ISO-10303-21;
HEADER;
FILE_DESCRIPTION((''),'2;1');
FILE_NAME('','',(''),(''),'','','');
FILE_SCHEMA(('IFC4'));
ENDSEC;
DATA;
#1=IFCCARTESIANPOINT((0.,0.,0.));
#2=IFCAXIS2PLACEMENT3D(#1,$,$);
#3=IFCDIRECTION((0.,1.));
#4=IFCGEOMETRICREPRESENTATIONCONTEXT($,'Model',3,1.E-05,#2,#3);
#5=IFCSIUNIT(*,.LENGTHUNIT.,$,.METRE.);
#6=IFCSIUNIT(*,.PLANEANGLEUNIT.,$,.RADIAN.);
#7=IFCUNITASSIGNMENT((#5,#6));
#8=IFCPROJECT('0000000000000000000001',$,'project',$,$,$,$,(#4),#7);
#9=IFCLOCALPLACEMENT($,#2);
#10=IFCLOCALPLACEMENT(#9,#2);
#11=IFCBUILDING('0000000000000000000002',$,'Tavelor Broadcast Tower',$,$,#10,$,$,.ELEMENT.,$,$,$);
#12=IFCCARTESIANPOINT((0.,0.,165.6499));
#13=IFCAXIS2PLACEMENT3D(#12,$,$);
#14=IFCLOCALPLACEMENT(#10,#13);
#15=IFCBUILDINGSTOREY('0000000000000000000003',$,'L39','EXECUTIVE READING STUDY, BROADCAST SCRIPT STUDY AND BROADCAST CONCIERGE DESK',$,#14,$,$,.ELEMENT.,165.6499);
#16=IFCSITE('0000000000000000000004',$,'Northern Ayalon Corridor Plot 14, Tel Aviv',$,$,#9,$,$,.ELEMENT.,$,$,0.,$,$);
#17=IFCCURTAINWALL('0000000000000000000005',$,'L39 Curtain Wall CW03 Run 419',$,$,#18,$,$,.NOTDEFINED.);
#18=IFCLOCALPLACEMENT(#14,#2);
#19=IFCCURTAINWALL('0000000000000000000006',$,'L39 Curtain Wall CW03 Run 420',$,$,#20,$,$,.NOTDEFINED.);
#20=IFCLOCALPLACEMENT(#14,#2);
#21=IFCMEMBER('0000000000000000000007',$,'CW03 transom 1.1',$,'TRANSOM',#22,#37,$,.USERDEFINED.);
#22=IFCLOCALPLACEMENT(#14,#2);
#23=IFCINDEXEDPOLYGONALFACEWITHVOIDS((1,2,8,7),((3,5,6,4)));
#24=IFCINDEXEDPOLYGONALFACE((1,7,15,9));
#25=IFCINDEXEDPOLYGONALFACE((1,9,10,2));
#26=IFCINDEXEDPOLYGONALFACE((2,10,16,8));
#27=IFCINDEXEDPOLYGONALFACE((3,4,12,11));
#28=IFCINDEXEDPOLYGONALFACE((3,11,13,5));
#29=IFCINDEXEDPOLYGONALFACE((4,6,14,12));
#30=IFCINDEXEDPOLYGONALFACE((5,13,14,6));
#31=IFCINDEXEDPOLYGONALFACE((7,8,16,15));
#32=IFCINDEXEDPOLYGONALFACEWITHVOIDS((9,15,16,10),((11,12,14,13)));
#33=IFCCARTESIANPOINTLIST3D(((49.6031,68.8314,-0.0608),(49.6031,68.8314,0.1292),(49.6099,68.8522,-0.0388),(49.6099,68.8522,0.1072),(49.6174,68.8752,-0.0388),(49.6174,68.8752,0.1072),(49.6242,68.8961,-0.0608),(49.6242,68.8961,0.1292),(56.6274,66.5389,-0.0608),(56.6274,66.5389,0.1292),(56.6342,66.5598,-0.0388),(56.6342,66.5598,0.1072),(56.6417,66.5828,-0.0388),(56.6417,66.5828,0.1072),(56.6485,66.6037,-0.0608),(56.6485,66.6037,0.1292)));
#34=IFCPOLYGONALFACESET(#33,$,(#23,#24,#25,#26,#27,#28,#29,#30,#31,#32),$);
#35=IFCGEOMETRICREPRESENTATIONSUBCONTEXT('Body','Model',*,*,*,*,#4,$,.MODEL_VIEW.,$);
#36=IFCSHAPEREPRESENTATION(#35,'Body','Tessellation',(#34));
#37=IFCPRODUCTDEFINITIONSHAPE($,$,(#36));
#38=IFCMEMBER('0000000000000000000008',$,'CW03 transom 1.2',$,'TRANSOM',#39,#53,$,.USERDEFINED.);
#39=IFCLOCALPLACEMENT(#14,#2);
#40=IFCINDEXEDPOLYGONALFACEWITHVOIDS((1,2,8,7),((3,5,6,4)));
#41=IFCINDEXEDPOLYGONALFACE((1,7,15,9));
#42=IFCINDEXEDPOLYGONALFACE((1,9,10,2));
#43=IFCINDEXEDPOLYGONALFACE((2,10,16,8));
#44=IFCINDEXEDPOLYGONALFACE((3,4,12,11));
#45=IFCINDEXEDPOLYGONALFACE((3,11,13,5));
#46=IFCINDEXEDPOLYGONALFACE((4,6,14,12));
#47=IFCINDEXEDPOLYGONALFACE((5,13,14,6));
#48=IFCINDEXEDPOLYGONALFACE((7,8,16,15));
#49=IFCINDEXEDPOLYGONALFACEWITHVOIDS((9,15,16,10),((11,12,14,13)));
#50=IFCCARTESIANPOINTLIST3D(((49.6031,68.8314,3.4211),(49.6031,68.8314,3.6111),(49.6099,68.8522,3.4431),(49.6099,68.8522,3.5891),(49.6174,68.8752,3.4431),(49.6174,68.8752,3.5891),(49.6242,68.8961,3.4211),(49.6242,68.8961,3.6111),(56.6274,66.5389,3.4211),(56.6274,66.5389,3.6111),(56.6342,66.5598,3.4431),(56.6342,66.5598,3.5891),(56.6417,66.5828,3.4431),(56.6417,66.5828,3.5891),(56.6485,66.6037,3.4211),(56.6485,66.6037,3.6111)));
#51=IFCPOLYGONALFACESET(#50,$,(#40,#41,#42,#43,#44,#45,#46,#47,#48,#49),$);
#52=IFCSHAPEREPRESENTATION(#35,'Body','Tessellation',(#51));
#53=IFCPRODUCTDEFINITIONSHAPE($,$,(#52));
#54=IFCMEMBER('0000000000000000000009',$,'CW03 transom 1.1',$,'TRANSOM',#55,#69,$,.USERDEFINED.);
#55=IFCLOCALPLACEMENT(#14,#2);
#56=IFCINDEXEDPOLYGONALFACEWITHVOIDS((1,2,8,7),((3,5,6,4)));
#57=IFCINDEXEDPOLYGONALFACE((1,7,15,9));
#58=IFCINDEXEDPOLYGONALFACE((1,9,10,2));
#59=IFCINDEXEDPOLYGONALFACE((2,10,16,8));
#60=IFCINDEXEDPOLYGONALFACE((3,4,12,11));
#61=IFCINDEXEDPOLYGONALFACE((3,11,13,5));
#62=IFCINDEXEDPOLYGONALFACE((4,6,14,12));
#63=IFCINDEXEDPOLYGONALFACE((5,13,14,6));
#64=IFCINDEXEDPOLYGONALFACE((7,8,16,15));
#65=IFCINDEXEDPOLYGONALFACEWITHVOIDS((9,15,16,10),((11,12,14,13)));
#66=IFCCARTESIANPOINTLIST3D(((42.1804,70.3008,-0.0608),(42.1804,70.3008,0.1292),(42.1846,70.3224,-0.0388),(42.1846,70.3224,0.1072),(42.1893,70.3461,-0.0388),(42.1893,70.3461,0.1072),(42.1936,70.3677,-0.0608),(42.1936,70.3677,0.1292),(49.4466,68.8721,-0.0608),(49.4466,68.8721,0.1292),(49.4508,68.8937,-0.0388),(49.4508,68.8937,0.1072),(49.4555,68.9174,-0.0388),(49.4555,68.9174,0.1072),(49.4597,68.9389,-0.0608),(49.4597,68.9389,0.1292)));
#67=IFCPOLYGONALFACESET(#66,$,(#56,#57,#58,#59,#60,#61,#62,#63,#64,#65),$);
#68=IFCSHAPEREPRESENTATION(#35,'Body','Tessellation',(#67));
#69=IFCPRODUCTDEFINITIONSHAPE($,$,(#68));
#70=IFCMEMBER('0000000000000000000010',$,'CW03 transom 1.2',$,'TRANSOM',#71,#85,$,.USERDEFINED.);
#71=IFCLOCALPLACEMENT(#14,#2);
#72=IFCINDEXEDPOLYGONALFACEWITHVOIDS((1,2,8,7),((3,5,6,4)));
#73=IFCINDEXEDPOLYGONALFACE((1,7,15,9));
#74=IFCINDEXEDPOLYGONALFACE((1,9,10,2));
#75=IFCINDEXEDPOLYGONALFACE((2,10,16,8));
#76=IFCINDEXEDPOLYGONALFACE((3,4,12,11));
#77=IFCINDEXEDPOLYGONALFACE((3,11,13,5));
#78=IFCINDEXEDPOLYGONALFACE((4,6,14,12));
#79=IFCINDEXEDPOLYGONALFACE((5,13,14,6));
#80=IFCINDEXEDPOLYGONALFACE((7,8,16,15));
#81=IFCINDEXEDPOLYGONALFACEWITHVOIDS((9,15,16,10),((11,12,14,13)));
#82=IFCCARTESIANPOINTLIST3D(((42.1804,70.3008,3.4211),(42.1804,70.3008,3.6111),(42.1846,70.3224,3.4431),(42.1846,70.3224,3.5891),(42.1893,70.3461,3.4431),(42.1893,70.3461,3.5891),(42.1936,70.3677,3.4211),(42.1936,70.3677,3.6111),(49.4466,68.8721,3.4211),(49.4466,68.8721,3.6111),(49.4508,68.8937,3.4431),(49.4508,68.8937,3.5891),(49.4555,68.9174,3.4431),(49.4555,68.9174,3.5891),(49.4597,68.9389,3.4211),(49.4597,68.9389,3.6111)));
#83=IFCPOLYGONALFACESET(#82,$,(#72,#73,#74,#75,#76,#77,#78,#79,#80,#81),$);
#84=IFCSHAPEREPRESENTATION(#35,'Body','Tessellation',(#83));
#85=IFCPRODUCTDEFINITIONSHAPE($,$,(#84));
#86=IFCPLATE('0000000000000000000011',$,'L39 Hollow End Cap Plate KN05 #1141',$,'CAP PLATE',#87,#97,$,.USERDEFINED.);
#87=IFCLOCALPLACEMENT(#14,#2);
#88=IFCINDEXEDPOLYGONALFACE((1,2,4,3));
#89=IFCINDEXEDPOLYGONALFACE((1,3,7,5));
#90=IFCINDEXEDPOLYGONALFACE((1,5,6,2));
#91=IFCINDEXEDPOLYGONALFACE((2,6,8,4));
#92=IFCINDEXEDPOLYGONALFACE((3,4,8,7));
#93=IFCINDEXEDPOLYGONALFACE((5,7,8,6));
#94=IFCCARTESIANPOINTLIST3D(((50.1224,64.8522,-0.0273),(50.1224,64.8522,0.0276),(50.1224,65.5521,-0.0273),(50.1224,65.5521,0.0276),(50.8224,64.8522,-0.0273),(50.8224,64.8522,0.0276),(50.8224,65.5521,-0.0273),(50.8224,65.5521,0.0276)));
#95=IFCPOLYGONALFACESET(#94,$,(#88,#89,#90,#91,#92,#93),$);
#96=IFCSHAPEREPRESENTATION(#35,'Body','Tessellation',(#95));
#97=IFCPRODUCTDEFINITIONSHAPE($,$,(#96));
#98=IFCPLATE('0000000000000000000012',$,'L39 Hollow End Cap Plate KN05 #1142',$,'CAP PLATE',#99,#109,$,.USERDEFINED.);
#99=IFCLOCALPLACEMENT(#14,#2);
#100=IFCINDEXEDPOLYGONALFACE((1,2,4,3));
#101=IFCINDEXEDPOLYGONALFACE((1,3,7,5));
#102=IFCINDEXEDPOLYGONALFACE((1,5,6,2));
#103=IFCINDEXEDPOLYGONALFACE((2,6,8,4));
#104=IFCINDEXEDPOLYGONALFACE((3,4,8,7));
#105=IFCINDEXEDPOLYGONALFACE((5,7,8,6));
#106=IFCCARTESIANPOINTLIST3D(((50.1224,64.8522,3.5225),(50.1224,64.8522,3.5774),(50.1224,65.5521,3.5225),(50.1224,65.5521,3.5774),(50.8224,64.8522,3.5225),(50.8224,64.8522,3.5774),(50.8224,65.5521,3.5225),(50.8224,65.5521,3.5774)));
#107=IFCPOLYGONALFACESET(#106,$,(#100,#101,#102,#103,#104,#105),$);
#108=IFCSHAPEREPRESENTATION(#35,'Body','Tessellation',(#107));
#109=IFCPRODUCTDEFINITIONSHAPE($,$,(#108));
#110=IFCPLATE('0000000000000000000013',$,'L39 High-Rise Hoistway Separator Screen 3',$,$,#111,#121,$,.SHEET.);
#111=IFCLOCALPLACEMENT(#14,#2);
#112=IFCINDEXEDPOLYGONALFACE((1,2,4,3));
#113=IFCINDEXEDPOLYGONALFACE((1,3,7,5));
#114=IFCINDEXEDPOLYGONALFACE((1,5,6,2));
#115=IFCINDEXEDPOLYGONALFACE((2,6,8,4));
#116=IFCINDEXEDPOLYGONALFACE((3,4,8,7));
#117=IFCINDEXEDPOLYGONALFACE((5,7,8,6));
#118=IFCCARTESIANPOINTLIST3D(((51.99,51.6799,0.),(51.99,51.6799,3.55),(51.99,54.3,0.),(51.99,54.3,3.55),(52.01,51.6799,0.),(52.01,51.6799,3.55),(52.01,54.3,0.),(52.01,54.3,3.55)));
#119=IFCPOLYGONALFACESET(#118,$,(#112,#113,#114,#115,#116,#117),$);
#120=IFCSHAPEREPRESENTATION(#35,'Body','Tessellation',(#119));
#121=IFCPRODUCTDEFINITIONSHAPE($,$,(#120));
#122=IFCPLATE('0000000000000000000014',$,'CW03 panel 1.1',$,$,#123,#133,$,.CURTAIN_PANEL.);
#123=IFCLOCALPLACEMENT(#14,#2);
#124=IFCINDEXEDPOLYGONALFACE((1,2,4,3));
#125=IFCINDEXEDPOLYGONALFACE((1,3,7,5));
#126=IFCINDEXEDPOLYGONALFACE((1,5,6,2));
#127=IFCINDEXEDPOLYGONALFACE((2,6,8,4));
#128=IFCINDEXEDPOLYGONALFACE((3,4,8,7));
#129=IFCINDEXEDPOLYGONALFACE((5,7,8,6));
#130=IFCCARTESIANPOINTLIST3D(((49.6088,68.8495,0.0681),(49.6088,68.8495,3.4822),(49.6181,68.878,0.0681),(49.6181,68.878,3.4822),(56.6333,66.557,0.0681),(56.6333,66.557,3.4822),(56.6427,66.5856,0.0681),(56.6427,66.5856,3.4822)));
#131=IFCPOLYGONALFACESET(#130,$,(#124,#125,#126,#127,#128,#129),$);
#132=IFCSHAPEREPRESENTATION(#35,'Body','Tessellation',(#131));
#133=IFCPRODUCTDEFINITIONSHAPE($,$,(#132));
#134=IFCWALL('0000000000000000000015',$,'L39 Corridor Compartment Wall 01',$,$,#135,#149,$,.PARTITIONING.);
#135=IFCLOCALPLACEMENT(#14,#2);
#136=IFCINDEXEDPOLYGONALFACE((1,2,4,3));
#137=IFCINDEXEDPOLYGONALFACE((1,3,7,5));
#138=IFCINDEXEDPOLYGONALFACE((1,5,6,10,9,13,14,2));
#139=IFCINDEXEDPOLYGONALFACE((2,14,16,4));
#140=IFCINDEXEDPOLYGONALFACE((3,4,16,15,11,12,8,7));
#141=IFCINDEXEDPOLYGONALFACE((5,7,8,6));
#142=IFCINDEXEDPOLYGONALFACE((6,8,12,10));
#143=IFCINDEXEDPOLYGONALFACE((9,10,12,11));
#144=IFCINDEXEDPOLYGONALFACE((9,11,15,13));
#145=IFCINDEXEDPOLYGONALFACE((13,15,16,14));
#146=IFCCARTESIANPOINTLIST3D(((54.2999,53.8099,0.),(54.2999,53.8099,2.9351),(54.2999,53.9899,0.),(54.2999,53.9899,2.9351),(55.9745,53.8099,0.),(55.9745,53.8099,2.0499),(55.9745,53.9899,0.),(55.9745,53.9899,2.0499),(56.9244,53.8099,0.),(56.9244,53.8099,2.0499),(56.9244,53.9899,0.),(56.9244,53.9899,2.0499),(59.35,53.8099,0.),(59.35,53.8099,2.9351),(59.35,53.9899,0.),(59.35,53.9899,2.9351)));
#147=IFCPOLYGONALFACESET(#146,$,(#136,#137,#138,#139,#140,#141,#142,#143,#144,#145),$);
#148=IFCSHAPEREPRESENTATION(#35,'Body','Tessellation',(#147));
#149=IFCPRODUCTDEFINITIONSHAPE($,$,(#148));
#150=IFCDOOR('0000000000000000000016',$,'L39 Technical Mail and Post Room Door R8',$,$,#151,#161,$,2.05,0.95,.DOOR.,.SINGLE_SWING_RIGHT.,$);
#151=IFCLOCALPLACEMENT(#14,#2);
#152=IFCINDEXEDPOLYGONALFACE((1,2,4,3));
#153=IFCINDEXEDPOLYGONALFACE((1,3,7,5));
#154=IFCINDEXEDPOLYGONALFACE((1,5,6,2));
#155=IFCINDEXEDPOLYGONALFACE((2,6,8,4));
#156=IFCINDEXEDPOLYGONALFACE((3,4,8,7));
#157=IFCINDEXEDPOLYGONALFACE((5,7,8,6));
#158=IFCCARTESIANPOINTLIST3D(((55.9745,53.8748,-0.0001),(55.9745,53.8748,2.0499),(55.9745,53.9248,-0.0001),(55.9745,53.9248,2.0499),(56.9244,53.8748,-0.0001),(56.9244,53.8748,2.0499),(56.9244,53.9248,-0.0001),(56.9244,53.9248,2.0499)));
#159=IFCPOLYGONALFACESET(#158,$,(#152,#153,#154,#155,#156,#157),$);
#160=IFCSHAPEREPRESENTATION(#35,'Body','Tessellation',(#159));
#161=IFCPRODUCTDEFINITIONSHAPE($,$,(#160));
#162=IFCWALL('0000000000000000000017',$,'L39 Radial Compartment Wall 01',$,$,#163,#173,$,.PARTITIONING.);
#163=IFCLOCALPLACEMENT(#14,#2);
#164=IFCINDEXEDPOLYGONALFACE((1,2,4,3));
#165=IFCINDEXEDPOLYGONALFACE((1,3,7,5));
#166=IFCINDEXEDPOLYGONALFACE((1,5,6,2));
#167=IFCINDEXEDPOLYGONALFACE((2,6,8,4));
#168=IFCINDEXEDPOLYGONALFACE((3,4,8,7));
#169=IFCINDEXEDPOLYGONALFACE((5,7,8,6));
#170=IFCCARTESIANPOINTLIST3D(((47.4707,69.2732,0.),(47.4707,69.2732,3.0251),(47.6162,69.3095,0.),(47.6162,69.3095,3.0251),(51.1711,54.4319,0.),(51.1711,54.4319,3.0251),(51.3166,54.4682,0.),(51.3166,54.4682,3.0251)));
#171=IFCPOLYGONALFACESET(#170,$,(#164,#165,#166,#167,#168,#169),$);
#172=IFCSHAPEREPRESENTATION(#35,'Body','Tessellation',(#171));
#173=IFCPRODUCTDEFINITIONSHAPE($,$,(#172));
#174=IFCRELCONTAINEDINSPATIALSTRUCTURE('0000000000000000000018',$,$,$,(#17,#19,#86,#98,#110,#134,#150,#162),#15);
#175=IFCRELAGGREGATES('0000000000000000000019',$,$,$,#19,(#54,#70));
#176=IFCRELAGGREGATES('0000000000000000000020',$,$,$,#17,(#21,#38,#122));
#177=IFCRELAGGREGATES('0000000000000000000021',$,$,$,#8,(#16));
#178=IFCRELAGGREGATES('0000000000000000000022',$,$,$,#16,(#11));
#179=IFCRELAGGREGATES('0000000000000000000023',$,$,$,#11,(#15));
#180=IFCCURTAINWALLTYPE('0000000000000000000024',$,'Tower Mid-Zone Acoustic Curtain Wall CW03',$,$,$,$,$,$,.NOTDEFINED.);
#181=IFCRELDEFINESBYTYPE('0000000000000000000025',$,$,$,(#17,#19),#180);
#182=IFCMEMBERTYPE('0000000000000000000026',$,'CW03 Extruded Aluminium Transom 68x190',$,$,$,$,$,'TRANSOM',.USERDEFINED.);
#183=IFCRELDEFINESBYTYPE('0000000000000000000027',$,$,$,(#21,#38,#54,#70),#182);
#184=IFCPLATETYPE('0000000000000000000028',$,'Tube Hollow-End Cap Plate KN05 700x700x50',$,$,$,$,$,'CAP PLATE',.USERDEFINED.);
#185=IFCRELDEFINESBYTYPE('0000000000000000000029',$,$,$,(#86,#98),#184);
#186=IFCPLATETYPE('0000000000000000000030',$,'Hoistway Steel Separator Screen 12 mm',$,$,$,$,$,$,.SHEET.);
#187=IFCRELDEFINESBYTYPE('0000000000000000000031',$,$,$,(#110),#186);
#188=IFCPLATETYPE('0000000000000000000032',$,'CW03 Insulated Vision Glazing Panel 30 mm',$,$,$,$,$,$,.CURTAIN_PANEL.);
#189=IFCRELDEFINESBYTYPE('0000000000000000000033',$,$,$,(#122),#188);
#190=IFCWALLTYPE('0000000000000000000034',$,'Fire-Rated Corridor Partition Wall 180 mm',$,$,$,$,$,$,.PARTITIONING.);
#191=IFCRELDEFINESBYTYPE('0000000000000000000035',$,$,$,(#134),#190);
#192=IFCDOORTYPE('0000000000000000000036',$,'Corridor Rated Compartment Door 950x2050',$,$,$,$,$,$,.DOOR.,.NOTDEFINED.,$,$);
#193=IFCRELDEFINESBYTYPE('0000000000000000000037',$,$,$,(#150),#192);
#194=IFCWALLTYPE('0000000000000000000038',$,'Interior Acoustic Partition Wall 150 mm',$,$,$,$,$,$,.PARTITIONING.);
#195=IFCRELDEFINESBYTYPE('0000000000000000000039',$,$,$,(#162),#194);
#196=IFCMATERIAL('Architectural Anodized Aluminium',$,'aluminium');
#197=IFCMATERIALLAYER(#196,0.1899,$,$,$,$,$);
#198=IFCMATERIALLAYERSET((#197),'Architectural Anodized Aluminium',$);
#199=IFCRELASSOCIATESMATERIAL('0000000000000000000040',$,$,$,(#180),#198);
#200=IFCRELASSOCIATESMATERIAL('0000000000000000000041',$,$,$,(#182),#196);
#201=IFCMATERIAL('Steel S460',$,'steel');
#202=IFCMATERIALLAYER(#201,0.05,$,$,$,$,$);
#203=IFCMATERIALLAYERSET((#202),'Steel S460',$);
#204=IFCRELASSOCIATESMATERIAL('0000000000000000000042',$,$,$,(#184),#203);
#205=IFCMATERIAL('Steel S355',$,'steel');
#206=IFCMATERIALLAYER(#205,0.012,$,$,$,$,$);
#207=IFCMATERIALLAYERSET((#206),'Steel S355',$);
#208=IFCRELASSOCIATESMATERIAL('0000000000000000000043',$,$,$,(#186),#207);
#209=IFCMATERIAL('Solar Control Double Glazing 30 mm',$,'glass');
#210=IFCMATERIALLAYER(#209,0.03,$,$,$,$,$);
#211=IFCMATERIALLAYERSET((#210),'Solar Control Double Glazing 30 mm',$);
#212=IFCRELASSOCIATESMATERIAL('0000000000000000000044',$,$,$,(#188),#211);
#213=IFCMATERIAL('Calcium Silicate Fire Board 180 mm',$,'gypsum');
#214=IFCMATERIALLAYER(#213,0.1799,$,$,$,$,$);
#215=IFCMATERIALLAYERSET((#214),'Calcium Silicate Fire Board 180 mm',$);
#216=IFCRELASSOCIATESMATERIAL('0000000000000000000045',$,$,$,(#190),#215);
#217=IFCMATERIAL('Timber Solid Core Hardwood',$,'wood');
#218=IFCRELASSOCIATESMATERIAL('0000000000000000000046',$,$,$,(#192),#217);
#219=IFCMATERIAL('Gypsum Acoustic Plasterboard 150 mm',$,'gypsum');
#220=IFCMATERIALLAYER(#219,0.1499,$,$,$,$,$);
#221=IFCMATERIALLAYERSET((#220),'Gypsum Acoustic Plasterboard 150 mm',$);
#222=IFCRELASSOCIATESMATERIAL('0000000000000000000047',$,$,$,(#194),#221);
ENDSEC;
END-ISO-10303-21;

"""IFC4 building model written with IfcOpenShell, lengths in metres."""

from ifc_helpers import new_model, si_unit, direction, frame, frame_2d, origin, origin_2d, place, context, subcontext, project, spatial, rectangle, hollow_rectangle, extrude, source, transform, mapped, material, layer, layer_set, material_profile, profile_set, type_object, type_shapes, element, fill, aggregate, save


model = new_model("IFC4")

# Units and contexts
model_context = context("Model", 3, precision=1e-05, world=origin(), true_north=direction((0.0, 1.0)))
body_context = subcontext(model_context, "Body", "Model", "MODEL_VIEW")
ifc_project = project(units=[si_unit("LENGTHUNIT", "METRE"), si_unit("PLANEANGLEUNIT", "RADIAN")], contexts=[model_context])

# Site, building, storey
site_placement = place(None, origin())
site = spatial("IfcSite", under=ifc_project, at=site_placement, Name="Northern Ayalon Corridor Plot 14, Tel Aviv", CompositionType="ELEMENT", RefElevation=0.0)
building_placement = place(site_placement, origin())
building = spatial("IfcBuilding", under=site, at=building_placement, Name="Tavelor Broadcast Tower", CompositionType="ELEMENT")
storey_placement = place(building_placement, frame((0.0, 0.0, 165.6499)))
storey = spatial("IfcBuildingStorey", under=building, at=storey_placement, Name="L39", Description="EXECUTIVE READING STUDY, BROADCAST SCRIPT STUDY AND BROADCAST CONCIERGE DESK", CompositionType="ELEMENT", Elevation=165.6499)

# Shared definitions
ifc_material_1 = material(Name="Steel S460", Category="steel")

# Shared definitions
ifc_material_2 = material(Name="Steel S355", Category="steel")

# Shared definitions
ifc_material_3 = material(Name="Architectural Anodized Aluminium", Category="aluminium")
ifc_layer_1 = layer(ifc_material_3, 0.1899)
ifc_layer_set_1 = layer_set([ifc_layer_1], Name="Architectural Anodized Aluminium")
curtain_wall_type = type_object("IfcCurtainWallType", Name="Tower Mid-Zone Acoustic Curtain Wall CW03", PredefinedType="NOTDEFINED", material=ifc_layer_set_1)

# Curtain wall
curtain_wall_1_placement = place(storey_placement, origin())
curtain_wall_1 = element("IfcCurtainWall", 1, at=curtain_wall_1_placement, inside=storey, type_object=curtain_wall_type, Name="L39 Curtain Wall CW03 Run 419", PredefinedType="NOTDEFINED")

# Curtain wall
curtain_wall_2_placement = place(storey_placement, origin())
curtain_wall_2 = element("IfcCurtainWall", 2, at=curtain_wall_2_placement, inside=storey, type_object=curtain_wall_type, Name="L39 Curtain Wall CW03 Run 420", PredefinedType="NOTDEFINED")

# Members
ifc_material_profile_1 = material_profile(ifc_material_3, hollow_rectangle(XDim=0.0681, YDim=0.1899, WallThickness=0.022, at=origin_2d()), Name="RHS 68x190x22")
ifc_profile_set_1 = profile_set([ifc_material_profile_1], Name="Architectural Anodized Aluminium")
member_type_1 = type_object("IfcMemberType", Name="CW03 Extruded Aluminium Transom 68x190", ElementType="TRANSOM", PredefinedType="USERDEFINED", material=ifc_profile_set_1)
shared_shape_1 = source(origin(), body_context, "Body", "SweptSolid", [
    extrude(hollow_rectangle(XDim=0.0681, YDim=0.1899, WallThickness=0.022, at=origin_2d()), origin(), (0.0, 0.0, 1.0), 7.3889),
])
member_1_placement = place(storey_placement, frame((56.6379, 66.5713, 0.0342), z_axis=(-0.950654, 0.310254, 0.0), x_axis=(-0.310254, -0.950654, 0.0)))
member_1 = element("IfcMember", 3, at=member_1_placement, type_object=member_type_1, Name="CW03 transom 1.1", ObjectType="TRANSOM", PredefinedType="USERDEFINED", context=body_context, shape_type="MappedRepresentation", body=[
    mapped(shared_shape_1, transform((0.0, 0.0, 0.0), scale=1.0)),
])
member_2_placement = place(storey_placement, frame((56.6379, 66.5713, 3.5161), z_axis=(-0.950654, 0.310254, 0.0), x_axis=(-0.310254, -0.950654, 0.0)))
member_2 = element("IfcMember", 4, at=member_2_placement, type_object=member_type_1, Name="CW03 transom 1.2", ObjectType="TRANSOM", PredefinedType="USERDEFINED", context=body_context, shape_type="MappedRepresentation", body=[
    mapped(shared_shape_1, transform((0.0, 0.0, 0.0), scale=1.0)),
])
shared_shape_2 = source(origin(), body_context, "Body", "SweptSolid", [
    extrude(hollow_rectangle(XDim=0.0681, YDim=0.1899, WallThickness=0.022, at=origin_2d()), origin(), (0.0, 0.0, 1.0), 7.4053),
])
type_shapes(member_type_1, [shared_shape_1, shared_shape_2])
member_3_placement = place(storey_placement, frame((49.4531, 68.9055, 0.0342), z_axis=(-0.981212, 0.192932, 0.0), x_axis=(-0.192932, -0.981212, 0.0)))
member_3 = element("IfcMember", 5, at=member_3_placement, type_object=member_type_1, Name="CW03 transom 1.1", ObjectType="TRANSOM", PredefinedType="USERDEFINED", context=body_context, shape_type="MappedRepresentation", body=[
    mapped(shared_shape_2, transform((0.0, 0.0, 0.0), scale=1.0)),
])
member_4_placement = place(storey_placement, frame((49.4531, 68.9055, 3.5161), z_axis=(-0.981212, 0.192932, 0.0), x_axis=(-0.192932, -0.981212, 0.0)))
member_4 = element("IfcMember", 6, at=member_4_placement, type_object=member_type_1, Name="CW03 transom 1.2", ObjectType="TRANSOM", PredefinedType="USERDEFINED", context=body_context, shape_type="MappedRepresentation", body=[
    mapped(shared_shape_2, transform((0.0, 0.0, 0.0), scale=1.0)),
])
aggregate(curtain_wall_2, [member_3, member_4])

# Plates
ifc_layer_2 = layer(ifc_material_1, 0.05)
ifc_layer_set_2 = layer_set([ifc_layer_2], Name="Steel S460")
plate_type_1 = type_object("IfcPlateType", Name="Tube Hollow-End Cap Plate KN05 700x700x50", ElementType="CAP PLATE", PredefinedType="USERDEFINED", material=ifc_layer_set_2)
shared_shape_3 = source(origin(), body_context, "Body", "SweptSolid", [
    extrude(rectangle(XDim=0.7, YDim=0.7, at=origin_2d()), origin(), (0.0, 0.0, 1.0), 0.0549),
])
type_shapes(plate_type_1, [shared_shape_3])
for number, where, z_axis, x_axis, name in (
    (7, (50.4724, 65.2021, -0.0273), (0.0, 0.0, 1.0), (1.0, 0.0, 0.0), "L39 Hollow End Cap Plate KN05 #1141"),
    (8, (50.4724, 65.2021, 3.5225), (0.0, 0.0, 1.0), (1.0, 0.0, 0.0), "L39 Hollow End Cap Plate KN05 #1142"),
):
    element("IfcPlate", number, at=place(storey_placement, frame(where, z_axis=z_axis, x_axis=x_axis)), inside=storey, type_object=plate_type_1, Name=name, ObjectType="CAP PLATE", PredefinedType="USERDEFINED", context=body_context, shape_type="MappedRepresentation", body=[
        mapped(shared_shape_3, transform((0.0, 0.0, 0.0), scale=1.0)),
    ])
ifc_layer_3 = layer(ifc_material_2, 0.012)
ifc_layer_set_3 = layer_set([ifc_layer_3], Name="Steel S355")
plate_type_2 = type_object("IfcPlateType", Name="Hoistway Steel Separator Screen 12 mm", PredefinedType="SHEET", material=ifc_layer_set_3)
shared_shape_4 = source(origin(), body_context, "Body", "SweptSolid", [
    extrude(rectangle(XDim=0.02, YDim=2.6201, at=origin_2d()), origin(), (0.0, 0.0, 1.0), 3.55),
])
type_shapes(plate_type_2, [shared_shape_4])
plate_1_placement = place(storey_placement, frame((52.0, 52.99, 0.0), z_axis=(0.0, 0.0, 1.0), x_axis=(1.0, 0.0, 0.0)))
element("IfcPlate", 9, at=plate_1_placement, inside=storey, type_object=plate_type_2, Name="L39 High-Rise Hoistway Separator Screen 3", PredefinedType="SHEET", context=body_context, shape_type="MappedRepresentation", body=[
    mapped(shared_shape_4, transform((0.0, 0.0, 0.0), scale=1.0)),
])

# Plate
ifc_material_4 = material(Name="Solar Control Double Glazing 30 mm", Category="glass")
ifc_layer_4 = layer(ifc_material_4, 0.03)
ifc_layer_set_4 = layer_set([ifc_layer_4], Name="Solar Control Double Glazing 30 mm")
plate_type_3 = type_object("IfcPlateType", Name="CW03 Insulated Vision Glazing Panel 30 mm", PredefinedType="CURTAIN_PANEL", material=ifc_layer_set_4)
shared_shape_5 = source(origin(), body_context, "Body", "SweptSolid", [
    extrude(rectangle(XDim=7.3892, YDim=0.03, at=origin_2d()), origin(), (0.0, 0.0, 1.0), 3.4141),
])
type_shapes(plate_type_3, [shared_shape_5])
plate_2_placement = place(storey_placement, frame((53.1257, 67.7175, 0.0681), z_axis=(0.0, 0.0, 1.0), x_axis=(-0.950655, 0.31025, 0.0)))
plate_2 = element("IfcPlate", 10, at=plate_2_placement, type_object=plate_type_3, Name="CW03 panel 1.1", PredefinedType="CURTAIN_PANEL", context=body_context, shape_type="MappedRepresentation", body=[
    mapped(shared_shape_5, transform((0.0, 0.0, 0.0), scale=1.0)),
])
aggregate(curtain_wall_1, [member_1, member_2, plate_2])

# Wall, opening, door
ifc_material_5 = material(Name="Calcium Silicate Fire Board 180 mm", Category="gypsum")
ifc_layer_5 = layer(ifc_material_5, 0.1799)
ifc_layer_set_5 = layer_set([ifc_layer_5], Name="Calcium Silicate Fire Board 180 mm")
wall_type_1 = type_object("IfcWallType", Name="Fire-Rated Corridor Partition Wall 180 mm", PredefinedType="PARTITIONING", material=ifc_layer_set_5)
wall_1_placement = place(storey_placement, frame((54.3, 53.8999, 0.0), z_axis=(0.0, 0.0, 1.0), x_axis=(1.0, 0.0, 0.0)))
wall_1 = element("IfcWall", 11, at=wall_1_placement, inside=storey, type_object=wall_type_1, Name="L39 Corridor Compartment Wall 01", PredefinedType="PARTITIONING", context=body_context, shape_type="SweptSolid", body=[
    extrude(rectangle(XDim=5.05, YDim=0.1799, at=frame_2d((2.5249, 0.0))), origin(), (0.0, 0.0, 1.0), 2.9351),
])
opening_placement = place(wall_1_placement, frame((1.6743, 0.0, 0.0)))
opening = element("IfcOpeningElement", 12, at=opening_placement, cuts=wall_1, PredefinedType="OPENING", context=body_context, shape_type="SweptSolid", body=[
    extrude(rectangle(XDim=0.95, YDim=2.05, at=frame_2d((0.4751, 1.0249))), frame((0.0, 0.1001, 0.0), z_axis=(0.0, -1.0, 0.0), x_axis=(1.0, 0.0, 0.0)), (0.0, 0.0, 1.0), 0.2),
])
ifc_material_6 = material(Name="Timber Solid Core Hardwood", Category="wood")
door_type = type_object("IfcDoorType", Name="Corridor Rated Compartment Door 950x2050", OperationType="NOTDEFINED", PredefinedType="DOOR", material=ifc_material_6)
door_placement = place(opening_placement, origin())
door = element("IfcDoor", 13, at=door_placement, inside=storey, type_object=door_type, Name="L39 Technical Mail and Post Room Door R8", OperationType="SINGLE_SWING_RIGHT", OverallHeight=2.05, OverallWidth=0.95, PredefinedType="DOOR", context=body_context, shape_type="SweptSolid", body=[
    extrude(rectangle(XDim=0.95, YDim=2.05, at=frame_2d((0.4751, 1.0249))), frame((0.0, 0.0249, 0.0), z_axis=(0.0, -1.0, 0.0), x_axis=(1.0, 0.0, 0.0)), (0.0, 0.0, 1.0), 0.05),
])
fill(opening, door)

# Wall
ifc_material_7 = material(Name="Gypsum Acoustic Plasterboard 150 mm", Category="gypsum")
ifc_layer_6 = layer(ifc_material_7, 0.1499)
ifc_layer_set_6 = layer_set([ifc_layer_6], Name="Gypsum Acoustic Plasterboard 150 mm")
wall_type_2 = type_object("IfcWallType", Name="Interior Acoustic Partition Wall 150 mm", PredefinedType="PARTITIONING", material=ifc_layer_set_6)
wall_2_placement = place(storey_placement, frame((51.2439, 54.45, 0.0), z_axis=(0.0, 0.0, 1.0), x_axis=(-0.241927, 0.970294, 0.0)))
element("IfcWall", 14, at=wall_2_placement, inside=storey, type_object=wall_type_2, Name="L39 Radial Compartment Wall 01", PredefinedType="PARTITIONING", context=body_context, shape_type="SweptSolid", body=[
    extrude(rectangle(XDim=15.2957, YDim=0.1499, at=frame_2d((7.6479, 0.0))), origin(), (0.0, 0.0, 1.0), 3.0251),
])

save(model, "model.ifc")
